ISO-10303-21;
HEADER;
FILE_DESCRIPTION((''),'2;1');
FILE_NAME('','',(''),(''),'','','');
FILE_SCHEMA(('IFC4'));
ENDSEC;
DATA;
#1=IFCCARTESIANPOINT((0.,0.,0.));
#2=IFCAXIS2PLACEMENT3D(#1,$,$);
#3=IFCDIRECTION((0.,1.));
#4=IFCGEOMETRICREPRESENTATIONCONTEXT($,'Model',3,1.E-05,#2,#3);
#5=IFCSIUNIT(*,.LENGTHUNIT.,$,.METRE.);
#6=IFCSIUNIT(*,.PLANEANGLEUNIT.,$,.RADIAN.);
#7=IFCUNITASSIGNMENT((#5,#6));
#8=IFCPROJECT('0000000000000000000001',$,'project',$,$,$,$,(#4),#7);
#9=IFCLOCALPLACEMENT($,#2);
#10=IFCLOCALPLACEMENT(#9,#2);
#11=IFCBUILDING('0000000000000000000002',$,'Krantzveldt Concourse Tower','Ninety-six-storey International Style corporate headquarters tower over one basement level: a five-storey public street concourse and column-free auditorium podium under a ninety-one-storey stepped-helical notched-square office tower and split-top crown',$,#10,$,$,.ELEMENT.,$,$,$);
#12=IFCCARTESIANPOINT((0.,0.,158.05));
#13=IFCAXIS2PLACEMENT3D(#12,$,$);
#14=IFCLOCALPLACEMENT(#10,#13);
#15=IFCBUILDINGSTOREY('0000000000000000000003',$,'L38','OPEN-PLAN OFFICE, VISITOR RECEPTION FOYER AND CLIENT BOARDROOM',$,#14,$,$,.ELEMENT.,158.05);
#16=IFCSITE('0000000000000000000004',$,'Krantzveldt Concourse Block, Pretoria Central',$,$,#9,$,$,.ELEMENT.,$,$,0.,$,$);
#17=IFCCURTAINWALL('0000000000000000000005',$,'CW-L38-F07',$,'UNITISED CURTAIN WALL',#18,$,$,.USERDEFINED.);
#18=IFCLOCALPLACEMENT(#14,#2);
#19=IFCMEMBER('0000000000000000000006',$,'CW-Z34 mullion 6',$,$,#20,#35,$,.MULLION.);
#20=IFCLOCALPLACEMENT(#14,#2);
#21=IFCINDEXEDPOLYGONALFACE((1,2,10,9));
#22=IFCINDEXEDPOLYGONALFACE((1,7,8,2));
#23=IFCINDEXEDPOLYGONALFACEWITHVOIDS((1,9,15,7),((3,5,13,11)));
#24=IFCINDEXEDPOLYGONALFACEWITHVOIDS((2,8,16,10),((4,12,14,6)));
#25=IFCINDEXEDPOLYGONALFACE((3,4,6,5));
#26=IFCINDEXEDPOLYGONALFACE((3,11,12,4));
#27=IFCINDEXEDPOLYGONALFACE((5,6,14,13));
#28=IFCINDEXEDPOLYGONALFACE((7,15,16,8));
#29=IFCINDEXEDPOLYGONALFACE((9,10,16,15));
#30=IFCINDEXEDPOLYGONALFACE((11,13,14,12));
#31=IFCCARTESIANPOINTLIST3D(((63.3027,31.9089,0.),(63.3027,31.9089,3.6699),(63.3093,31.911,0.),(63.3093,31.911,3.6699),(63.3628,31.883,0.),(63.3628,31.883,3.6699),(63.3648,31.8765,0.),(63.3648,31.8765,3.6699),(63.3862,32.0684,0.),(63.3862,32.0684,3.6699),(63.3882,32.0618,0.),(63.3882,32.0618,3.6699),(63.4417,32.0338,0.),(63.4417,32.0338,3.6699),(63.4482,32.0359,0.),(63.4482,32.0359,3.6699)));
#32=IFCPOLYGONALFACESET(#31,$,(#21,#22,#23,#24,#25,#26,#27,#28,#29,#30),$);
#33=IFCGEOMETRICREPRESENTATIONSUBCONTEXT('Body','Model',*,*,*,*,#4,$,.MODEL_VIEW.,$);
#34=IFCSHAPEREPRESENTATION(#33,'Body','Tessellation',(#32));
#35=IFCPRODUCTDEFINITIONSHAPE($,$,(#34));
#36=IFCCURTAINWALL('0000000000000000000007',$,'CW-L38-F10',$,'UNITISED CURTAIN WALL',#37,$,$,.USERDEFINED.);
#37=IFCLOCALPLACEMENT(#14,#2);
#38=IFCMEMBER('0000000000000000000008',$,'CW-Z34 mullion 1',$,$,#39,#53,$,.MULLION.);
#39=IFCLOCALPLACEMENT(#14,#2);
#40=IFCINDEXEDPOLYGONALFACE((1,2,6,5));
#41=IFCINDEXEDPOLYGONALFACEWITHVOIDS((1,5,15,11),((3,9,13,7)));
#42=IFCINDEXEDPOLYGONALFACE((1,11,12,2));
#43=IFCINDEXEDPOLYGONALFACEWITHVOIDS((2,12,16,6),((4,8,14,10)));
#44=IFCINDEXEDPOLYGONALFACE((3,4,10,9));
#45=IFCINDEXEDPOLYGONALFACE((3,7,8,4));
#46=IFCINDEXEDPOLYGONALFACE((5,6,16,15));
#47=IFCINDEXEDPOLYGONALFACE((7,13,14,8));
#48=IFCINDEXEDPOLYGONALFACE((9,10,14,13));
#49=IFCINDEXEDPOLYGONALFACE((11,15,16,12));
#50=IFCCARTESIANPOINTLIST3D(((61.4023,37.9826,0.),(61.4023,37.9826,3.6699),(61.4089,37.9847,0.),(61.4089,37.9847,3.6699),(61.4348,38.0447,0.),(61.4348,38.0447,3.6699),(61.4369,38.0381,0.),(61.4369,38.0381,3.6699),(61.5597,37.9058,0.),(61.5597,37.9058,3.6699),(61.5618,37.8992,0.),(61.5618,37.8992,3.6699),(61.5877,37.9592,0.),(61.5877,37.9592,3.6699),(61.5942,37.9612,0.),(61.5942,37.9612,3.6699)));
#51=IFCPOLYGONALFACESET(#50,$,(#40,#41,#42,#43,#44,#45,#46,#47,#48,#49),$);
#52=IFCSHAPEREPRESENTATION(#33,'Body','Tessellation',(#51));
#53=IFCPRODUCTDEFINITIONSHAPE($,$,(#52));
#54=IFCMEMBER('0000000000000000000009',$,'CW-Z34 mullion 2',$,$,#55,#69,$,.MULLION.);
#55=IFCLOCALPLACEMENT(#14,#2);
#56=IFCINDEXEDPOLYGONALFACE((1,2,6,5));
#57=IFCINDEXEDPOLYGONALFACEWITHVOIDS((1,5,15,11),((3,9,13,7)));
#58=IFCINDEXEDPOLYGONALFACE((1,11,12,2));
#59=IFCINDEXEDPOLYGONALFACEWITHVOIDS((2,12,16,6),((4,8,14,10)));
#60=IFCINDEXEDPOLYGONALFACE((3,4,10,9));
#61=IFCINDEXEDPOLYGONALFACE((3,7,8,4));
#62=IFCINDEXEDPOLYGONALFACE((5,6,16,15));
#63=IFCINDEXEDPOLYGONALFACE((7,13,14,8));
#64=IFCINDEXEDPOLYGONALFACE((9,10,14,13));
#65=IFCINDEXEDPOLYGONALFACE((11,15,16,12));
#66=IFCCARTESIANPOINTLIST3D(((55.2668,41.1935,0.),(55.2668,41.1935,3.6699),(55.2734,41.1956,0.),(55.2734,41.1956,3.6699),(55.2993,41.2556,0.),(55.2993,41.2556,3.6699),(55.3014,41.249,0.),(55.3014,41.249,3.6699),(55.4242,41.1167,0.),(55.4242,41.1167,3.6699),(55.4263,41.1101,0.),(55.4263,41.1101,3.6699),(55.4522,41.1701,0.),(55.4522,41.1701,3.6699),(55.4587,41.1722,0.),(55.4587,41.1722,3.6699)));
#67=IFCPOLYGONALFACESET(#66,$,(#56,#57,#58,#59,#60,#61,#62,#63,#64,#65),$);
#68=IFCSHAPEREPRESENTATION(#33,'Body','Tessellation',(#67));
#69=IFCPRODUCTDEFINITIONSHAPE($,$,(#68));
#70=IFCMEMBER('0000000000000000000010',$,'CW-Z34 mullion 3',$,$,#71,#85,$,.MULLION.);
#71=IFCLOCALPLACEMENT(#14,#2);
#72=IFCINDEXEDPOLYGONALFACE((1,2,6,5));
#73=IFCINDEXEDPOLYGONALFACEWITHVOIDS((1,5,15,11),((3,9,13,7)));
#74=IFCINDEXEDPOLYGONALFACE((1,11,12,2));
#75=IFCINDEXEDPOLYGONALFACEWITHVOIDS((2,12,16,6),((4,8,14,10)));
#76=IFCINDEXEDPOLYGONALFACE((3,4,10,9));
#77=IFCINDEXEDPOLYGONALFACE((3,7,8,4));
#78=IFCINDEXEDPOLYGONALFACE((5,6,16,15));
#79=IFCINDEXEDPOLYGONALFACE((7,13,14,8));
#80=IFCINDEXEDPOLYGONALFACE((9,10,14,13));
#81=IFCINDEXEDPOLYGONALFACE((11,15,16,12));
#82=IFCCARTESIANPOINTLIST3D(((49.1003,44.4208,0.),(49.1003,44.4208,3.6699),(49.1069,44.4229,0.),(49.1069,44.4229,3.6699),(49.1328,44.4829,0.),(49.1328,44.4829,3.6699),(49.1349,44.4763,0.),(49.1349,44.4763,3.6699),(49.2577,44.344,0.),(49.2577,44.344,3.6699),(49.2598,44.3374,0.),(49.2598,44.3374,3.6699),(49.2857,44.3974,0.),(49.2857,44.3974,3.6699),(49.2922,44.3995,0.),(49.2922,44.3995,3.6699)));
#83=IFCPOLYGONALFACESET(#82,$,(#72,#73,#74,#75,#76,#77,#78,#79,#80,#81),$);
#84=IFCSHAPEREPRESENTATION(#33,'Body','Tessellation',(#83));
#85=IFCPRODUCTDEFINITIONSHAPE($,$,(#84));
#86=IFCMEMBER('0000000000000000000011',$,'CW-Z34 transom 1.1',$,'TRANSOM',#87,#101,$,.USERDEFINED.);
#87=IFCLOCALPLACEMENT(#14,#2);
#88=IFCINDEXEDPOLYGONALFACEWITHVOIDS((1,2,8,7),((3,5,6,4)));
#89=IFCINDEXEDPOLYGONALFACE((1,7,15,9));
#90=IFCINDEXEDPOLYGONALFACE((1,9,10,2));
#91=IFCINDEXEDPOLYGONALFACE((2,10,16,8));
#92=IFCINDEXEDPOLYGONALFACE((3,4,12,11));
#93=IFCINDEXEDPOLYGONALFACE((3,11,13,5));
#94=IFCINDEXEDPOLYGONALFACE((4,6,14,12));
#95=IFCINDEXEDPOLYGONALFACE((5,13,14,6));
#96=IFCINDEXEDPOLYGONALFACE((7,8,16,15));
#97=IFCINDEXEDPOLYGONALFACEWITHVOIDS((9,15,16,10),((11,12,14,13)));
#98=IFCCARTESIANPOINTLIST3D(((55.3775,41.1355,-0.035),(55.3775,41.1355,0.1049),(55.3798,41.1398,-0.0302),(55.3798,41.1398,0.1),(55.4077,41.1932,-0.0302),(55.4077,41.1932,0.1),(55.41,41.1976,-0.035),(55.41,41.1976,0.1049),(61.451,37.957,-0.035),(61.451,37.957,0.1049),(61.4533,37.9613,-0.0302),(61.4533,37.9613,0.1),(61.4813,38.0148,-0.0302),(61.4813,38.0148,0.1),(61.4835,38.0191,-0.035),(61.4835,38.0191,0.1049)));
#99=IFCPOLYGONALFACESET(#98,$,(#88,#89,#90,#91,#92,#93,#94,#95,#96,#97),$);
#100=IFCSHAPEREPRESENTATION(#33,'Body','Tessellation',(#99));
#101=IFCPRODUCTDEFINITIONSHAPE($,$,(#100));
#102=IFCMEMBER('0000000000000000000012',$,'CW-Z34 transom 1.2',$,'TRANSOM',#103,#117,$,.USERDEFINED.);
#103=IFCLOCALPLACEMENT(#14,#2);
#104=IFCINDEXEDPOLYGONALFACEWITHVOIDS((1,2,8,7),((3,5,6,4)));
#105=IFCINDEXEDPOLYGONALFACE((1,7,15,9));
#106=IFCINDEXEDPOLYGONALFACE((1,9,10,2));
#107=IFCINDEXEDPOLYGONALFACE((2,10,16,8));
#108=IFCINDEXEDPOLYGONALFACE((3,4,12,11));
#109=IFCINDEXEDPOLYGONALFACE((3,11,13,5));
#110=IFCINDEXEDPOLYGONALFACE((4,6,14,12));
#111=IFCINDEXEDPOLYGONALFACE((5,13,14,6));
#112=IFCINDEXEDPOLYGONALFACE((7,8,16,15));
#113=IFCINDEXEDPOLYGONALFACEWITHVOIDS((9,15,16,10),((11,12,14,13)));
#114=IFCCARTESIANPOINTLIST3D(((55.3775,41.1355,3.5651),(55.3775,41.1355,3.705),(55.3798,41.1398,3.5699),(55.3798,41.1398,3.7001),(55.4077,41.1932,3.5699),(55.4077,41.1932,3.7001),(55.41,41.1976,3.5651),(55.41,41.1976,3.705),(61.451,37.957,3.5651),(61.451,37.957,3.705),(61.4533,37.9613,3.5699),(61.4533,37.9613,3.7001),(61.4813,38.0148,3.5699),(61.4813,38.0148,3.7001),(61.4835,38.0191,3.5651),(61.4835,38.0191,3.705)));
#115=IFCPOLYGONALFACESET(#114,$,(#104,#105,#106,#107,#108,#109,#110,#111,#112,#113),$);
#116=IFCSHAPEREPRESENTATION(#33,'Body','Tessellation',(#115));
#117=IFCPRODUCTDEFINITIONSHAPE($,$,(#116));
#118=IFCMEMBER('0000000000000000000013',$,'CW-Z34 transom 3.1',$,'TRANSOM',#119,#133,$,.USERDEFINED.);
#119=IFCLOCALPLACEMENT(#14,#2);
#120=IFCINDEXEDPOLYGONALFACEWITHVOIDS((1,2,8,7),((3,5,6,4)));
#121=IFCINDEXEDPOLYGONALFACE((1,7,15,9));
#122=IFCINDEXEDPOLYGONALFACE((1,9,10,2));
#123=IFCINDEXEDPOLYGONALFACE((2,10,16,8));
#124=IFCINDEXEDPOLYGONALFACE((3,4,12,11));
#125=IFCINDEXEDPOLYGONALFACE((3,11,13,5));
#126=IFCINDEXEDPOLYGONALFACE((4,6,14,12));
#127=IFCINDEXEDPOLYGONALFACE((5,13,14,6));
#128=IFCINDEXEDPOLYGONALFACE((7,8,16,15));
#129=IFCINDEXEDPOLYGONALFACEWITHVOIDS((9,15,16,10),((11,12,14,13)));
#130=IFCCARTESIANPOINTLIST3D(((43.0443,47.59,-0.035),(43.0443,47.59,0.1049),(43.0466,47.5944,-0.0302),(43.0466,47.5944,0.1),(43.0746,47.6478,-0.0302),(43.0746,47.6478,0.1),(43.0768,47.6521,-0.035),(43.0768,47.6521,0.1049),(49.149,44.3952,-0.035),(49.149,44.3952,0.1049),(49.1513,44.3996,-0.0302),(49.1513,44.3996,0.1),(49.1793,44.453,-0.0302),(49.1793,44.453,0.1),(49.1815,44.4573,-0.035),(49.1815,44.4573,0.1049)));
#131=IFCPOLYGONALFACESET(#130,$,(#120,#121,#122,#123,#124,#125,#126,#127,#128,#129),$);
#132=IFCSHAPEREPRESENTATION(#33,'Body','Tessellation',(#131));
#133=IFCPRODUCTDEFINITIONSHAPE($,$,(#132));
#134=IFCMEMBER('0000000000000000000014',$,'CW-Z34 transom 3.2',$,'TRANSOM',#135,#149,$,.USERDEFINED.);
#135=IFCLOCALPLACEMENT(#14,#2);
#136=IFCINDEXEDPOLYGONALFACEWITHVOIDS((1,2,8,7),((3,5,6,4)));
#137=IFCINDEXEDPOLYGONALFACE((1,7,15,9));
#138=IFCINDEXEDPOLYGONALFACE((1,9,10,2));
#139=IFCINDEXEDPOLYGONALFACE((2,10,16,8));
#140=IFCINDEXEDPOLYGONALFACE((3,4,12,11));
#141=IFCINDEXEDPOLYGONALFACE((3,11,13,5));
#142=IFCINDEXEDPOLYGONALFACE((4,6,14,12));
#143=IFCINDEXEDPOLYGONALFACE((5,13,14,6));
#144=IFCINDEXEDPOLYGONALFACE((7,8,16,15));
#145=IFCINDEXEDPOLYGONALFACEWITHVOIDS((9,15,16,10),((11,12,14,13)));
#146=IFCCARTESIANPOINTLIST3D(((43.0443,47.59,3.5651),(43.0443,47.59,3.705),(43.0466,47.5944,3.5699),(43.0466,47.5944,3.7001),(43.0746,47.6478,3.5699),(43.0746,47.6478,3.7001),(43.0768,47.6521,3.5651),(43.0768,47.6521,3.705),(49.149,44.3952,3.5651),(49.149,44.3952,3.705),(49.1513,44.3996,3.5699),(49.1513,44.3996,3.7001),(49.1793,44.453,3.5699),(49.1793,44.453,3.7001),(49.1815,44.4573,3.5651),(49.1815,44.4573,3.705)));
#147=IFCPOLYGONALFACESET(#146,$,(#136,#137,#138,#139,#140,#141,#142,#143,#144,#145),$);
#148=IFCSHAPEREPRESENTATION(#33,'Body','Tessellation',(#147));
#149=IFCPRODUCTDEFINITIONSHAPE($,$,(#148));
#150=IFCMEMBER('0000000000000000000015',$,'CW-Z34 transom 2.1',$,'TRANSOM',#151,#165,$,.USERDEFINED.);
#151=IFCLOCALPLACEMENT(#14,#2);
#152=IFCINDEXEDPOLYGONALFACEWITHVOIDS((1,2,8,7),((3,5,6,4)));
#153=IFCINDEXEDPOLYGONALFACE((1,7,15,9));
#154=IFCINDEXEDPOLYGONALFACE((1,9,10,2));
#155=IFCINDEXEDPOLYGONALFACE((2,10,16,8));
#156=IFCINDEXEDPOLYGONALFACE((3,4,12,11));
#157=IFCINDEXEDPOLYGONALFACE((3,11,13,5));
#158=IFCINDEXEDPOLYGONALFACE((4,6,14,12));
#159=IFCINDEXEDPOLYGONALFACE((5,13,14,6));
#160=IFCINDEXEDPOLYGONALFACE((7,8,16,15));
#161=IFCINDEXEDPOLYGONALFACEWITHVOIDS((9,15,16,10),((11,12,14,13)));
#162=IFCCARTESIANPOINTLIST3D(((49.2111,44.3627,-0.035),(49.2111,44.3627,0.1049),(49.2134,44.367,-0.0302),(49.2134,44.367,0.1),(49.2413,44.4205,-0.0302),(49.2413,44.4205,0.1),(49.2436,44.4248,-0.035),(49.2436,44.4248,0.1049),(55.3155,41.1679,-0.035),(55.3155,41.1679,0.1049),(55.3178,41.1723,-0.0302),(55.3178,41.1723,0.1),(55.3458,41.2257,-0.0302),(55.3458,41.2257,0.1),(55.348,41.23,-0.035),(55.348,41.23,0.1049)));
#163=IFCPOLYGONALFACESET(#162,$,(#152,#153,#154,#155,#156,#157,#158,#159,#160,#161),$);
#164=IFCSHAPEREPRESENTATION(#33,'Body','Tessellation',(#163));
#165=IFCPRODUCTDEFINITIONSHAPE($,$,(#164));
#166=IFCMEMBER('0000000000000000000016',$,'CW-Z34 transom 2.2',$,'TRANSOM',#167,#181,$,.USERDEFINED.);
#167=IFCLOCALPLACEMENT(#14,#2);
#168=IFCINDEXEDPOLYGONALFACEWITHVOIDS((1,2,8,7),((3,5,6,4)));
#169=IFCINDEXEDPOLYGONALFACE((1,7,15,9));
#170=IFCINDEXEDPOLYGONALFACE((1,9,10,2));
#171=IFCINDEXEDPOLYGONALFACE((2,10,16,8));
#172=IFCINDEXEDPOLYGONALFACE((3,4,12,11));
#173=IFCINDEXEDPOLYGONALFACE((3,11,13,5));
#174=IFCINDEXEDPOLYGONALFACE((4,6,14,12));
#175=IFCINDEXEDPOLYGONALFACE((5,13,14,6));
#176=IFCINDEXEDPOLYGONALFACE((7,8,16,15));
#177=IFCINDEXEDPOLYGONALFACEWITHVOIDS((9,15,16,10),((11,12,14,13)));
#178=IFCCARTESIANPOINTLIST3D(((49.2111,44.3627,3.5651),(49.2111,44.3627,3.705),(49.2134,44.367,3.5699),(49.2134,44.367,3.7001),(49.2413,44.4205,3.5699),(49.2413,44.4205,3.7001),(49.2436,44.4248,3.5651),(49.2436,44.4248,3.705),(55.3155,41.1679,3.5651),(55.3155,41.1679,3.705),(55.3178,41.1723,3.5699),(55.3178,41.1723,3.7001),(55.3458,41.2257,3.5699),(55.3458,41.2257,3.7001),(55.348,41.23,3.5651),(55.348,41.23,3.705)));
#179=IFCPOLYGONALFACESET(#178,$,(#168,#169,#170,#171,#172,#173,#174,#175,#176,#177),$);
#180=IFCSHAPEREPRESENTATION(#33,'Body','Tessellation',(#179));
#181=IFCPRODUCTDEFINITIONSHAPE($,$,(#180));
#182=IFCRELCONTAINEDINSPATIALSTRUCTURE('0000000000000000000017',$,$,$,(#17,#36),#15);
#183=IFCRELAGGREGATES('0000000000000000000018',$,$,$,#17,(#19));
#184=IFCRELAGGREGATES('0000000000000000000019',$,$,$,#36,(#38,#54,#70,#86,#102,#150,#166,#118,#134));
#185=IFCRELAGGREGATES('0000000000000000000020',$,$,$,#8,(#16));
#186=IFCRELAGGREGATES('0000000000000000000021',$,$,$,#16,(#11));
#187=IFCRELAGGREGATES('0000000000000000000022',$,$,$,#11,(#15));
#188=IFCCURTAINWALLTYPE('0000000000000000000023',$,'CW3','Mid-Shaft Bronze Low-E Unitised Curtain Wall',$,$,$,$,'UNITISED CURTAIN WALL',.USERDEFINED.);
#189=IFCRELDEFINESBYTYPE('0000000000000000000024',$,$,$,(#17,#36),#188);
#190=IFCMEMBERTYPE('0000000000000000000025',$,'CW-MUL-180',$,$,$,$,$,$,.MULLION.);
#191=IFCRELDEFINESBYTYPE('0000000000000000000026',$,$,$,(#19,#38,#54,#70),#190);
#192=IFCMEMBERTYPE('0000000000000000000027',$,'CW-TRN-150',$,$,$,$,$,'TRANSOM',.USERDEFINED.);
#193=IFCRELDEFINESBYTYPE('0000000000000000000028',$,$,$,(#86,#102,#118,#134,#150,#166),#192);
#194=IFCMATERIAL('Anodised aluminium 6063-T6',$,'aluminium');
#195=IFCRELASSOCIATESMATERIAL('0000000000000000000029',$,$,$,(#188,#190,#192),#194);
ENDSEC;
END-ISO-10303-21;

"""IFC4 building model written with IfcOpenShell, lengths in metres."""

from ifc_helpers import new_model, si_unit, direction, frame, origin, origin_2d, place, context, subcontext, project, spatial, hollow_rectangle, extrude, source, transform, mapped, material, material_profile, profile_set, type_object, type_shapes, element, aggregate, save


model = new_model("IFC4")

# Units and contexts
model_context = context("Model", 3, precision=1e-05, world=origin(), true_north=direction((0.0, 1.0)))
body_context = subcontext(model_context, "Body", "Model", "MODEL_VIEW")
ifc_project = project(units=[si_unit("LENGTHUNIT", "METRE"), si_unit("PLANEANGLEUNIT", "RADIAN")], contexts=[model_context])

# Site, building, storey
site_placement = place(None, origin())
site = spatial("IfcSite", under=ifc_project, at=site_placement, Name="Krantzveldt Concourse Block, Pretoria Central", CompositionType="ELEMENT", RefElevation=0.0)
building_placement = place(site_placement, origin())
building = spatial("IfcBuilding", under=site, at=building_placement, Name="Krantzveldt Concourse Tower", Description="Ninety-six-storey International Style corporate headquarters tower over one basement level: a five-storey public street concourse and column-free auditorium podium under a ninety-one-storey stepped-helical notched-square office tower and split-top crown", CompositionType="ELEMENT")
storey_placement = place(building_placement, frame((0.0, 0.0, 158.05)))
storey = spatial("IfcBuildingStorey", under=building, at=storey_placement, Name="L38", Description="OPEN-PLAN OFFICE, VISITOR RECEPTION FOYER AND CLIENT BOARDROOM", CompositionType="ELEMENT", Elevation=158.05)

# Curtain wall, member
ifc_material_1 = material(Name="Anodised aluminium 6063-T6", Category="aluminium")
curtain_wall_type = type_object("IfcCurtainWallType", Name="CW3", Description="Mid-Shaft Bronze Low-E Unitised Curtain Wall", ElementType="UNITISED CURTAIN WALL", PredefinedType="USERDEFINED", material=ifc_material_1)
curtain_wall_1_placement = place(storey_placement, origin())
curtain_wall_1 = element("IfcCurtainWall", 1, at=curtain_wall_1_placement, inside=storey, type_object=curtain_wall_type, Name="CW-L38-F07", ObjectType="UNITISED CURTAIN WALL", PredefinedType="USERDEFINED")
ifc_material_profile_1 = material_profile(ifc_material_1, hollow_rectangle(XDim=0.0701, YDim=0.1799, WallThickness=0.0049, at=origin_2d()), Name="Anodised aluminium 6063-T6", Category="aluminium")
ifc_profile_set_1 = profile_set([ifc_material_profile_1], Name="Anodised aluminium 6063-T6 - ALU-MULL 180x70x5")
member_type_1 = type_object("IfcMemberType", Name="CW-MUL-180", PredefinedType="MULLION", material=ifc_profile_set_1)
shared_shape_1 = source(origin(), body_context, "Body", "SweptSolid", [
    extrude(hollow_rectangle(XDim=0.0701, YDim=0.1799, WallThickness=0.0049, at=origin_2d()), origin(), (0.0, 0.0, 1.0), 3.6699),
])
type_shapes(member_type_1, [shared_shape_1])
member_1_placement = place(storey_placement, frame((63.3755, 31.9724, 0.0), z_axis=(0.0, 0.0, 1.0), x_axis=(-0.886001, 0.463683, 0.0)))
member_1 = element("IfcMember", 2, at=member_1_placement, type_object=member_type_1, Name="CW-Z34 mullion 6", PredefinedType="MULLION", context=body_context, shape_type="MappedRepresentation", body=[
    mapped(shared_shape_1, transform((0.0, 0.0, 0.0), x_axis=(1.0, 0.0, 0.0), y_axis=(0.0, 1.0, 0.0), z_axis=(0.0, 0.0, 1.0), scale=1.0)),
])

# Curtain wall, members
curtain_wall_2_placement = place(storey_placement, origin())
curtain_wall_2 = element("IfcCurtainWall", 3, at=curtain_wall_2_placement, inside=storey, type_object=curtain_wall_type, Name="CW-L38-F10", ObjectType="UNITISED CURTAIN WALL", PredefinedType="USERDEFINED")
member_2_placement = place(storey_placement, frame((61.4983, 37.9719, 0.0), z_axis=(0.0, 0.0, 1.0), x_axis=(-0.463683, -0.886001, 0.0)))
member_2 = element("IfcMember", 4, at=member_2_placement, type_object=member_type_1, Name="CW-Z34 mullion 1", PredefinedType="MULLION", context=body_context, shape_type="MappedRepresentation", body=[
    mapped(shared_shape_1, transform((0.0, 0.0, 0.0), x_axis=(1.0, 0.0, 0.0), y_axis=(0.0, 1.0, 0.0), z_axis=(0.0, 0.0, 1.0), scale=1.0)),
])
member_3_placement = place(storey_placement, frame((55.3628, 41.1829, 0.0), z_axis=(0.0, 0.0, 1.0), x_axis=(-0.463683, -0.886001, 0.0)))
member_3 = element("IfcMember", 5, at=member_3_placement, type_object=member_type_1, Name="CW-Z34 mullion 2", PredefinedType="MULLION", context=body_context, shape_type="MappedRepresentation", body=[
    mapped(shared_shape_1, transform((0.0, 0.0, 0.0), x_axis=(1.0, 0.0, 0.0), y_axis=(0.0, 1.0, 0.0), z_axis=(0.0, 0.0, 1.0), scale=1.0)),
])
member_4_placement = place(storey_placement, frame((49.1963, 44.4102, 0.0), z_axis=(0.0, 0.0, 1.0), x_axis=(-0.463683, -0.886001, 0.0)))
member_4 = element("IfcMember", 6, at=member_4_placement, type_object=member_type_1, Name="CW-Z34 mullion 3", PredefinedType="MULLION", context=body_context, shape_type="MappedRepresentation", body=[
    mapped(shared_shape_1, transform((0.0, 0.0, 0.0), x_axis=(1.0, 0.0, 0.0), y_axis=(0.0, 1.0, 0.0), z_axis=(0.0, 0.0, 1.0), scale=1.0)),
])
ifc_material_profile_2 = material_profile(ifc_material_1, hollow_rectangle(XDim=0.0701, YDim=0.1399, WallThickness=0.0049, at=origin_2d()), Name="Anodised aluminium 6063-T6", Category="aluminium")
ifc_profile_set_2 = profile_set([ifc_material_profile_2], Name="Anodised aluminium 6063-T6 - ALU-TRAN 140x70x5")
member_type_2 = type_object("IfcMemberType", Name="CW-TRN-150", ElementType="TRANSOM", PredefinedType="USERDEFINED", material=ifc_profile_set_2)
shared_shape_2 = source(origin(), body_context, "Body", "SweptSolid", [
    extrude(hollow_rectangle(XDim=0.0701, YDim=0.1399, WallThickness=0.0049, at=origin_2d()), origin(), (0.0, 0.0, 1.0), 6.855),
])
member_5_placement = place(storey_placement, frame((61.4673, 37.988, 0.0349), z_axis=(-0.886004, 0.463677, 0.0), x_axis=(-0.463677, -0.886004, 0.0)))
member_5 = element("IfcMember", 7, at=member_5_placement, type_object=member_type_2, Name="CW-Z34 transom 1.1", ObjectType="TRANSOM", PredefinedType="USERDEFINED", context=body_context, shape_type="MappedRepresentation", body=[
    mapped(shared_shape_2, transform((0.0, 0.0, 0.0), x_axis=(1.0, 0.0, 0.0), y_axis=(0.0, 1.0, 0.0), z_axis=(0.0, 0.0, 1.0), scale=1.0)),
])
member_6_placement = place(storey_placement, frame((61.4673, 37.988, 3.635), z_axis=(-0.886004, 0.463677, 0.0), x_axis=(-0.463677, -0.886004, 0.0)))
member_6 = element("IfcMember", 8, at=member_6_placement, type_object=member_type_2, Name="CW-Z34 transom 1.2", ObjectType="TRANSOM", PredefinedType="USERDEFINED", context=body_context, shape_type="MappedRepresentation", body=[
    mapped(shared_shape_2, transform((0.0, 0.0, 0.0), x_axis=(1.0, 0.0, 0.0), y_axis=(0.0, 1.0, 0.0), z_axis=(0.0, 0.0, 1.0), scale=1.0)),
])
shared_shape_3 = source(origin(), body_context, "Body", "SweptSolid", [
    extrude(hollow_rectangle(XDim=0.0701, YDim=0.1399, WallThickness=0.0049, at=origin_2d()), origin(), (0.0, 0.0, 1.0), 6.8901),
])
member_7_placement = place(storey_placement, frame((49.1653, 44.4263, 0.0349), z_axis=(-0.886004, 0.463677, 0.0), x_axis=(-0.463677, -0.886004, 0.0)))
member_7 = element("IfcMember", 9, at=member_7_placement, type_object=member_type_2, Name="CW-Z34 transom 3.1", ObjectType="TRANSOM", PredefinedType="USERDEFINED", context=body_context, shape_type="MappedRepresentation", body=[
    mapped(shared_shape_3, transform((0.0, 0.0, 0.0), x_axis=(1.0, 0.0, 0.0), y_axis=(0.0, 1.0, 0.0), z_axis=(0.0, 0.0, 1.0), scale=1.0)),
])
member_8_placement = place(storey_placement, frame((49.1653, 44.4263, 3.635), z_axis=(-0.886004, 0.463677, 0.0), x_axis=(-0.463677, -0.886004, 0.0)))
member_8 = element("IfcMember", 10, at=member_8_placement, type_object=member_type_2, Name="CW-Z34 transom 3.2", ObjectType="TRANSOM", PredefinedType="USERDEFINED", context=body_context, shape_type="MappedRepresentation", body=[
    mapped(shared_shape_3, transform((0.0, 0.0, 0.0), x_axis=(1.0, 0.0, 0.0), y_axis=(0.0, 1.0, 0.0), z_axis=(0.0, 0.0, 1.0), scale=1.0)),
])
shared_shape_4 = source(origin(), body_context, "Body", "SweptSolid", [
    extrude(hollow_rectangle(XDim=0.0701, YDim=0.1399, WallThickness=0.0049, at=origin_2d()), origin(), (0.0, 0.0, 1.0), 6.8899),
])
type_shapes(member_type_2, [shared_shape_2, shared_shape_3, shared_shape_4])
member_9_placement = place(storey_placement, frame((55.3318, 41.199, 0.0349), z_axis=(-0.885997, 0.463692, 0.0), x_axis=(-0.463692, -0.885997, 0.0)))
member_9 = element("IfcMember", 11, at=member_9_placement, type_object=member_type_2, Name="CW-Z34 transom 2.1", ObjectType="TRANSOM", PredefinedType="USERDEFINED", context=body_context, shape_type="MappedRepresentation", body=[
    mapped(shared_shape_4, transform((0.0, 0.0, 0.0), x_axis=(1.0, 0.0, 0.0), y_axis=(0.0, 1.0, 0.0), z_axis=(0.0, 0.0, 1.0), scale=1.0)),
])
member_10_placement = place(storey_placement, frame((55.3318, 41.199, 3.635), z_axis=(-0.885997, 0.463692, 0.0), x_axis=(-0.463692, -0.885997, 0.0)))
member_10 = element("IfcMember", 12, at=member_10_placement, type_object=member_type_2, Name="CW-Z34 transom 2.2", ObjectType="TRANSOM", PredefinedType="USERDEFINED", context=body_context, shape_type="MappedRepresentation", body=[
    mapped(shared_shape_4, transform((0.0, 0.0, 0.0), x_axis=(1.0, 0.0, 0.0), y_axis=(0.0, 1.0, 0.0), z_axis=(0.0, 0.0, 1.0), scale=1.0)),
])

aggregate(curtain_wall_1, [member_1])
aggregate(curtain_wall_2, [member_2, member_3, member_4, member_5, member_6, member_9, member_10, member_7, member_8])

save(model, "model.ifc")
